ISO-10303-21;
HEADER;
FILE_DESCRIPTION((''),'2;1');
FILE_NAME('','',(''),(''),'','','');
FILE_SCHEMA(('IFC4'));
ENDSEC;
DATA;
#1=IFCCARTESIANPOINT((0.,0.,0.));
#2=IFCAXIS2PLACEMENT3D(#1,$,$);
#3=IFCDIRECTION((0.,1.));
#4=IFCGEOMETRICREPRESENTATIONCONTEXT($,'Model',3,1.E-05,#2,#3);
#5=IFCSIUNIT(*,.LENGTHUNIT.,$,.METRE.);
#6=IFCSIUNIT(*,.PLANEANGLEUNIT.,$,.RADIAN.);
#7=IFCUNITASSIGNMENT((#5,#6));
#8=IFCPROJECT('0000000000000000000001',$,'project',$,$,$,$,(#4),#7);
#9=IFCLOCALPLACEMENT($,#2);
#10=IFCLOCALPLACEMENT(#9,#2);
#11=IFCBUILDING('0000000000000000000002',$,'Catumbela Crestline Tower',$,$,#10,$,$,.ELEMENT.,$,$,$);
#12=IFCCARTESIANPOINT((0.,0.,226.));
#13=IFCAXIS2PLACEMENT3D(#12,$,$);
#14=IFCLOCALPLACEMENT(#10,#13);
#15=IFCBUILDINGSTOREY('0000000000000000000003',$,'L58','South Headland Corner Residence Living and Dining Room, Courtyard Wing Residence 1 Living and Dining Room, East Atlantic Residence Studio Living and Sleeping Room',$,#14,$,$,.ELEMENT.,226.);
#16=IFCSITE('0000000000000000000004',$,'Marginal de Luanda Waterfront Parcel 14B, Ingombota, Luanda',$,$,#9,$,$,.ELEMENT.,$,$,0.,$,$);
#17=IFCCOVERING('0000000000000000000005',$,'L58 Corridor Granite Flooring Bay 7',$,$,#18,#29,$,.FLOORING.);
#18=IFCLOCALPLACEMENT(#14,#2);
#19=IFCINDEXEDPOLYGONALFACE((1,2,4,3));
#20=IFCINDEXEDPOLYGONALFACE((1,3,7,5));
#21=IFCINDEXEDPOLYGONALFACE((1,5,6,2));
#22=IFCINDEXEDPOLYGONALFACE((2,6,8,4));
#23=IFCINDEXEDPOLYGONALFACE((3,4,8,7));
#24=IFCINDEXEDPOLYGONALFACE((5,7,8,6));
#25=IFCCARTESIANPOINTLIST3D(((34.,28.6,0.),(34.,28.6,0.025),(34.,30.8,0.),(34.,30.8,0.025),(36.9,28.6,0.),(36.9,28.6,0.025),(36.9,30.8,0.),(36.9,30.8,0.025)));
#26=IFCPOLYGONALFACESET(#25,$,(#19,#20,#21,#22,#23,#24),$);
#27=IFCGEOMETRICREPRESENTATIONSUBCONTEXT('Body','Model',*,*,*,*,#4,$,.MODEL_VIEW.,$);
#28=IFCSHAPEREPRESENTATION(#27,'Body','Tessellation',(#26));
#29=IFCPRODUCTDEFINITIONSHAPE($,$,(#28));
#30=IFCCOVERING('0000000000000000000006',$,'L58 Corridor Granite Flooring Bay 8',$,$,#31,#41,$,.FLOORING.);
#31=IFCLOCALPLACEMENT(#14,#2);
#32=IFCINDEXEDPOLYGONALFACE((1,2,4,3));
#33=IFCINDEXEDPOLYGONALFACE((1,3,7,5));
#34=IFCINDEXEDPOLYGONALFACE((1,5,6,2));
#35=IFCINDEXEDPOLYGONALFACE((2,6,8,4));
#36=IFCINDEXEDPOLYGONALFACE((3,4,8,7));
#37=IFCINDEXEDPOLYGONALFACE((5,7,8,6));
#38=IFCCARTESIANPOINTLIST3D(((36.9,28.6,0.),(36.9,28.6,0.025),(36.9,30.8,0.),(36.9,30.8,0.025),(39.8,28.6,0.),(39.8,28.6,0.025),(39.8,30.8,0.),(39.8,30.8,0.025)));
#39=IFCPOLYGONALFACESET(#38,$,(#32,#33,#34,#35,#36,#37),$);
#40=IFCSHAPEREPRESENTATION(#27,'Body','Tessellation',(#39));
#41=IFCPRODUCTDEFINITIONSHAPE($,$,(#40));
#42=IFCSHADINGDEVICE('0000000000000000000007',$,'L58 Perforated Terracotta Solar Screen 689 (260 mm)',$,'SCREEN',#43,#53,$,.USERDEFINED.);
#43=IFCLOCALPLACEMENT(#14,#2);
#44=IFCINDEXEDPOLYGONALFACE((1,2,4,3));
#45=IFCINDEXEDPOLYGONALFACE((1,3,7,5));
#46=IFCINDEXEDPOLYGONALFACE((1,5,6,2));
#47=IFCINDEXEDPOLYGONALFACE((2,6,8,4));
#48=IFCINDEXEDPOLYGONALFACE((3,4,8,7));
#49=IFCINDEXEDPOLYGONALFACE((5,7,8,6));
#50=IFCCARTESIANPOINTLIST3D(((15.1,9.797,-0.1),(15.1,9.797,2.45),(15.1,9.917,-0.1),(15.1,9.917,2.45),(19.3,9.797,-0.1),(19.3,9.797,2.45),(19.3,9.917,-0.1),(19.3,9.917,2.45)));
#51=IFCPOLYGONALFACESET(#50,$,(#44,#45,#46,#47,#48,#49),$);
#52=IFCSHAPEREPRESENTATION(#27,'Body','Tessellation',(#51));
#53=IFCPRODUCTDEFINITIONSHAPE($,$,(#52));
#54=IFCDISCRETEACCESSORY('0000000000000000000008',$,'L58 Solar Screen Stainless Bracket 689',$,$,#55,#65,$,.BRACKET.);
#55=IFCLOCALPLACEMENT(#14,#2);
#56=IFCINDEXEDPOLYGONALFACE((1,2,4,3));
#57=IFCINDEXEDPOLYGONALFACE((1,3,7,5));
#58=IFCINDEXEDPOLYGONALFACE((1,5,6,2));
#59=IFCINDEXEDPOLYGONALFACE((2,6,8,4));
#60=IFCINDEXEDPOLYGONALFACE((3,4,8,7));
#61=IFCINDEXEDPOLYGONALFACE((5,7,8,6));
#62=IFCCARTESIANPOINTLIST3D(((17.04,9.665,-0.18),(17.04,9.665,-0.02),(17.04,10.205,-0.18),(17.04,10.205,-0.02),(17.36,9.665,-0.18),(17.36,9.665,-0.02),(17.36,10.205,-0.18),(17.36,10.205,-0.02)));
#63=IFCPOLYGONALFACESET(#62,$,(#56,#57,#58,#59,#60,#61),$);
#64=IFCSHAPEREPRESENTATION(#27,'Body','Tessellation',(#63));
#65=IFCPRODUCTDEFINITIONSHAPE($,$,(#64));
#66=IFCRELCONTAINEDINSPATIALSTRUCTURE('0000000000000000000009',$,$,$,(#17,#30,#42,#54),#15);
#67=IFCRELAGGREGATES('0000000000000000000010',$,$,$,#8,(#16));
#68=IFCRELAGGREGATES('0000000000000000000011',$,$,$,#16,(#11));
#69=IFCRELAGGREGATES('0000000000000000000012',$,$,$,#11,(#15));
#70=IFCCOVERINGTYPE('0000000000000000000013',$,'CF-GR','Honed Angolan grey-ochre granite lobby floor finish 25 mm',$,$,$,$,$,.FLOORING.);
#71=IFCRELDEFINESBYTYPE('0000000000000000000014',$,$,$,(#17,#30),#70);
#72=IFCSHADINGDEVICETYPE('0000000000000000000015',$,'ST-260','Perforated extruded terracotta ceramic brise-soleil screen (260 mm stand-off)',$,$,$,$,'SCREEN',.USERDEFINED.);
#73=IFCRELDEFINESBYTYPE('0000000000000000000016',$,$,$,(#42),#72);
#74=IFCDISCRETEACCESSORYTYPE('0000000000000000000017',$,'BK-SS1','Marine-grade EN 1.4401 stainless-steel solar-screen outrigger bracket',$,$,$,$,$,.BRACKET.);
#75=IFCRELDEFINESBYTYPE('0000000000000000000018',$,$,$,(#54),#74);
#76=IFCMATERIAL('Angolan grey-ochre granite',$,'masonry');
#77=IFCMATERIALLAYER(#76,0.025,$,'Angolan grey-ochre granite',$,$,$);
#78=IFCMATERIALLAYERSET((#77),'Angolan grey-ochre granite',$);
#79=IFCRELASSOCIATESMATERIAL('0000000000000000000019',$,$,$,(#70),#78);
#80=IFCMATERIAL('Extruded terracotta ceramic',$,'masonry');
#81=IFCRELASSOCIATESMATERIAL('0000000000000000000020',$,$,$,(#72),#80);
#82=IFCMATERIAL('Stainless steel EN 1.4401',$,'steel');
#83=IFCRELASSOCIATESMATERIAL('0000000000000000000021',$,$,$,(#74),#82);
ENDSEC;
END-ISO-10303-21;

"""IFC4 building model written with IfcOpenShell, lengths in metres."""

from ifc_helpers import new_model, si_unit, direction, frame, origin, origin_2d, place, context, subcontext, project, spatial, polyline, rectangle, outline, extrude, material, layer, layer_set, type_object, element, save


model = new_model("IFC4")

# Units and contexts
model_context = context("Model", 3, precision=1e-05, world=origin(), true_north=direction((0.0, 1.0)))
body_context = subcontext(model_context, "Body", "Model", "MODEL_VIEW")
ifc_project = project(units=[si_unit("LENGTHUNIT", "METRE"), si_unit("PLANEANGLEUNIT", "RADIAN")], contexts=[model_context])

# Site, building, storey
site_placement = place(None, origin())
site = spatial("IfcSite", under=ifc_project, at=site_placement, Name="Marginal de Luanda Waterfront Parcel 14B, Ingombota, Luanda", CompositionType="ELEMENT", RefElevation=0.0)
building_placement = place(site_placement, origin())
building = spatial("IfcBuilding", under=site, at=building_placement, Name="Catumbela Crestline Tower", CompositionType="ELEMENT")
storey_placement = place(building_placement, frame((0.0, 0.0, 226.0)))
storey = spatial("IfcBuildingStorey", under=building, at=storey_placement, Name="L58", Description="South Headland Corner Residence Living and Dining Room, Courtyard Wing Residence 1 Living and Dining Room, East Atlantic Residence Studio Living and Sleeping Room", CompositionType="ELEMENT", Elevation=226.0)

# Shared definitions
ifc_material_1 = material(Name="Angolan grey-ochre granite", Category="masonry")

# Coverings
ifc_layer_1 = layer(ifc_material_1, 0.025, Name="Angolan grey-ochre granite")
ifc_layer_set_1 = layer_set([ifc_layer_1], Name="Angolan grey-ochre granite")
covering_type_1 = type_object("IfcCoveringType", Name="CF-GR", Description="Honed Angolan grey-ochre granite lobby floor finish 25 mm", PredefinedType="FLOORING", material=ifc_layer_set_1)
covering_1_placement = place(storey_placement, origin())
element("IfcCovering", 1, at=covering_1_placement, inside=storey, type_object=covering_type_1, Name="L58 Corridor Granite Flooring Bay 7", PredefinedType="FLOORING", context=body_context, shape_type="SweptSolid", body=[
    extrude(outline(polyline([(34.0, 28.6), (36.9, 28.6), (36.9, 30.8), (34.0, 30.8), (34.0, 28.6)])), origin(), (0.0, 0.0, 1.0), 0.025),
])
covering_2_placement = place(storey_placement, origin())
element("IfcCovering", 2, at=covering_2_placement, inside=storey, type_object=covering_type_1, Name="L58 Corridor Granite Flooring Bay 8", PredefinedType="FLOORING", context=body_context, shape_type="SweptSolid", body=[
    extrude(outline(polyline([(36.9, 28.6), (39.8, 28.6), (39.8, 30.8), (36.9, 30.8), (36.9, 28.6)])), origin(), (0.0, 0.0, 1.0), 0.025),
])

# Shared definitions
ifc_material_2 = material(Name="Stainless steel EN 1.4401", Category="steel")

# Shading device
ifc_material_3 = material(Name="Extruded terracotta ceramic", Category="masonry")
shading_device_type = type_object("IfcShadingDeviceType", Name="ST-260", Description="Perforated extruded terracotta ceramic brise-soleil screen (260 mm stand-off)", ElementType="SCREEN", PredefinedType="USERDEFINED", material=ifc_material_3)
shading_device_placement = place(storey_placement, frame((17.2, 9.857, -0.1), z_axis=(0.0, 0.0, 1.0), x_axis=(1.0, 0.0, 0.0)))
element("IfcShadingDevice", 3, at=shading_device_placement, inside=storey, type_object=shading_device_type, Name="L58 Perforated Terracotta Solar Screen 689 (260 mm)", ObjectType="SCREEN", PredefinedType="USERDEFINED", context=body_context, shape_type="SweptSolid", body=[
    extrude(rectangle(XDim=4.2, YDim=0.12, at=origin_2d()), origin(), (0.0, 0.0, 1.0), 2.55),
])

# Discrete accessory
discrete_accessory_type = type_object("IfcDiscreteAccessoryType", Name="BK-SS1", Description="Marine-grade EN 1.4401 stainless-steel solar-screen outrigger bracket", PredefinedType="BRACKET", material=ifc_material_2)
discrete_accessory_placement = place(storey_placement, frame((17.2, 9.935, -0.18), z_axis=(0.0, 0.0, 1.0), x_axis=(1.0, 0.0, 0.0)))
element("IfcDiscreteAccessory", 4, at=discrete_accessory_placement, inside=storey, type_object=discrete_accessory_type, Name="L58 Solar Screen Stainless Bracket 689", PredefinedType="BRACKET", context=body_context, shape_type="SweptSolid", body=[
    extrude(rectangle(XDim=0.32, YDim=0.54, at=origin_2d()), origin(), (0.0, 0.0, 1.0), 0.16),
])

save(model, "model.ifc")
